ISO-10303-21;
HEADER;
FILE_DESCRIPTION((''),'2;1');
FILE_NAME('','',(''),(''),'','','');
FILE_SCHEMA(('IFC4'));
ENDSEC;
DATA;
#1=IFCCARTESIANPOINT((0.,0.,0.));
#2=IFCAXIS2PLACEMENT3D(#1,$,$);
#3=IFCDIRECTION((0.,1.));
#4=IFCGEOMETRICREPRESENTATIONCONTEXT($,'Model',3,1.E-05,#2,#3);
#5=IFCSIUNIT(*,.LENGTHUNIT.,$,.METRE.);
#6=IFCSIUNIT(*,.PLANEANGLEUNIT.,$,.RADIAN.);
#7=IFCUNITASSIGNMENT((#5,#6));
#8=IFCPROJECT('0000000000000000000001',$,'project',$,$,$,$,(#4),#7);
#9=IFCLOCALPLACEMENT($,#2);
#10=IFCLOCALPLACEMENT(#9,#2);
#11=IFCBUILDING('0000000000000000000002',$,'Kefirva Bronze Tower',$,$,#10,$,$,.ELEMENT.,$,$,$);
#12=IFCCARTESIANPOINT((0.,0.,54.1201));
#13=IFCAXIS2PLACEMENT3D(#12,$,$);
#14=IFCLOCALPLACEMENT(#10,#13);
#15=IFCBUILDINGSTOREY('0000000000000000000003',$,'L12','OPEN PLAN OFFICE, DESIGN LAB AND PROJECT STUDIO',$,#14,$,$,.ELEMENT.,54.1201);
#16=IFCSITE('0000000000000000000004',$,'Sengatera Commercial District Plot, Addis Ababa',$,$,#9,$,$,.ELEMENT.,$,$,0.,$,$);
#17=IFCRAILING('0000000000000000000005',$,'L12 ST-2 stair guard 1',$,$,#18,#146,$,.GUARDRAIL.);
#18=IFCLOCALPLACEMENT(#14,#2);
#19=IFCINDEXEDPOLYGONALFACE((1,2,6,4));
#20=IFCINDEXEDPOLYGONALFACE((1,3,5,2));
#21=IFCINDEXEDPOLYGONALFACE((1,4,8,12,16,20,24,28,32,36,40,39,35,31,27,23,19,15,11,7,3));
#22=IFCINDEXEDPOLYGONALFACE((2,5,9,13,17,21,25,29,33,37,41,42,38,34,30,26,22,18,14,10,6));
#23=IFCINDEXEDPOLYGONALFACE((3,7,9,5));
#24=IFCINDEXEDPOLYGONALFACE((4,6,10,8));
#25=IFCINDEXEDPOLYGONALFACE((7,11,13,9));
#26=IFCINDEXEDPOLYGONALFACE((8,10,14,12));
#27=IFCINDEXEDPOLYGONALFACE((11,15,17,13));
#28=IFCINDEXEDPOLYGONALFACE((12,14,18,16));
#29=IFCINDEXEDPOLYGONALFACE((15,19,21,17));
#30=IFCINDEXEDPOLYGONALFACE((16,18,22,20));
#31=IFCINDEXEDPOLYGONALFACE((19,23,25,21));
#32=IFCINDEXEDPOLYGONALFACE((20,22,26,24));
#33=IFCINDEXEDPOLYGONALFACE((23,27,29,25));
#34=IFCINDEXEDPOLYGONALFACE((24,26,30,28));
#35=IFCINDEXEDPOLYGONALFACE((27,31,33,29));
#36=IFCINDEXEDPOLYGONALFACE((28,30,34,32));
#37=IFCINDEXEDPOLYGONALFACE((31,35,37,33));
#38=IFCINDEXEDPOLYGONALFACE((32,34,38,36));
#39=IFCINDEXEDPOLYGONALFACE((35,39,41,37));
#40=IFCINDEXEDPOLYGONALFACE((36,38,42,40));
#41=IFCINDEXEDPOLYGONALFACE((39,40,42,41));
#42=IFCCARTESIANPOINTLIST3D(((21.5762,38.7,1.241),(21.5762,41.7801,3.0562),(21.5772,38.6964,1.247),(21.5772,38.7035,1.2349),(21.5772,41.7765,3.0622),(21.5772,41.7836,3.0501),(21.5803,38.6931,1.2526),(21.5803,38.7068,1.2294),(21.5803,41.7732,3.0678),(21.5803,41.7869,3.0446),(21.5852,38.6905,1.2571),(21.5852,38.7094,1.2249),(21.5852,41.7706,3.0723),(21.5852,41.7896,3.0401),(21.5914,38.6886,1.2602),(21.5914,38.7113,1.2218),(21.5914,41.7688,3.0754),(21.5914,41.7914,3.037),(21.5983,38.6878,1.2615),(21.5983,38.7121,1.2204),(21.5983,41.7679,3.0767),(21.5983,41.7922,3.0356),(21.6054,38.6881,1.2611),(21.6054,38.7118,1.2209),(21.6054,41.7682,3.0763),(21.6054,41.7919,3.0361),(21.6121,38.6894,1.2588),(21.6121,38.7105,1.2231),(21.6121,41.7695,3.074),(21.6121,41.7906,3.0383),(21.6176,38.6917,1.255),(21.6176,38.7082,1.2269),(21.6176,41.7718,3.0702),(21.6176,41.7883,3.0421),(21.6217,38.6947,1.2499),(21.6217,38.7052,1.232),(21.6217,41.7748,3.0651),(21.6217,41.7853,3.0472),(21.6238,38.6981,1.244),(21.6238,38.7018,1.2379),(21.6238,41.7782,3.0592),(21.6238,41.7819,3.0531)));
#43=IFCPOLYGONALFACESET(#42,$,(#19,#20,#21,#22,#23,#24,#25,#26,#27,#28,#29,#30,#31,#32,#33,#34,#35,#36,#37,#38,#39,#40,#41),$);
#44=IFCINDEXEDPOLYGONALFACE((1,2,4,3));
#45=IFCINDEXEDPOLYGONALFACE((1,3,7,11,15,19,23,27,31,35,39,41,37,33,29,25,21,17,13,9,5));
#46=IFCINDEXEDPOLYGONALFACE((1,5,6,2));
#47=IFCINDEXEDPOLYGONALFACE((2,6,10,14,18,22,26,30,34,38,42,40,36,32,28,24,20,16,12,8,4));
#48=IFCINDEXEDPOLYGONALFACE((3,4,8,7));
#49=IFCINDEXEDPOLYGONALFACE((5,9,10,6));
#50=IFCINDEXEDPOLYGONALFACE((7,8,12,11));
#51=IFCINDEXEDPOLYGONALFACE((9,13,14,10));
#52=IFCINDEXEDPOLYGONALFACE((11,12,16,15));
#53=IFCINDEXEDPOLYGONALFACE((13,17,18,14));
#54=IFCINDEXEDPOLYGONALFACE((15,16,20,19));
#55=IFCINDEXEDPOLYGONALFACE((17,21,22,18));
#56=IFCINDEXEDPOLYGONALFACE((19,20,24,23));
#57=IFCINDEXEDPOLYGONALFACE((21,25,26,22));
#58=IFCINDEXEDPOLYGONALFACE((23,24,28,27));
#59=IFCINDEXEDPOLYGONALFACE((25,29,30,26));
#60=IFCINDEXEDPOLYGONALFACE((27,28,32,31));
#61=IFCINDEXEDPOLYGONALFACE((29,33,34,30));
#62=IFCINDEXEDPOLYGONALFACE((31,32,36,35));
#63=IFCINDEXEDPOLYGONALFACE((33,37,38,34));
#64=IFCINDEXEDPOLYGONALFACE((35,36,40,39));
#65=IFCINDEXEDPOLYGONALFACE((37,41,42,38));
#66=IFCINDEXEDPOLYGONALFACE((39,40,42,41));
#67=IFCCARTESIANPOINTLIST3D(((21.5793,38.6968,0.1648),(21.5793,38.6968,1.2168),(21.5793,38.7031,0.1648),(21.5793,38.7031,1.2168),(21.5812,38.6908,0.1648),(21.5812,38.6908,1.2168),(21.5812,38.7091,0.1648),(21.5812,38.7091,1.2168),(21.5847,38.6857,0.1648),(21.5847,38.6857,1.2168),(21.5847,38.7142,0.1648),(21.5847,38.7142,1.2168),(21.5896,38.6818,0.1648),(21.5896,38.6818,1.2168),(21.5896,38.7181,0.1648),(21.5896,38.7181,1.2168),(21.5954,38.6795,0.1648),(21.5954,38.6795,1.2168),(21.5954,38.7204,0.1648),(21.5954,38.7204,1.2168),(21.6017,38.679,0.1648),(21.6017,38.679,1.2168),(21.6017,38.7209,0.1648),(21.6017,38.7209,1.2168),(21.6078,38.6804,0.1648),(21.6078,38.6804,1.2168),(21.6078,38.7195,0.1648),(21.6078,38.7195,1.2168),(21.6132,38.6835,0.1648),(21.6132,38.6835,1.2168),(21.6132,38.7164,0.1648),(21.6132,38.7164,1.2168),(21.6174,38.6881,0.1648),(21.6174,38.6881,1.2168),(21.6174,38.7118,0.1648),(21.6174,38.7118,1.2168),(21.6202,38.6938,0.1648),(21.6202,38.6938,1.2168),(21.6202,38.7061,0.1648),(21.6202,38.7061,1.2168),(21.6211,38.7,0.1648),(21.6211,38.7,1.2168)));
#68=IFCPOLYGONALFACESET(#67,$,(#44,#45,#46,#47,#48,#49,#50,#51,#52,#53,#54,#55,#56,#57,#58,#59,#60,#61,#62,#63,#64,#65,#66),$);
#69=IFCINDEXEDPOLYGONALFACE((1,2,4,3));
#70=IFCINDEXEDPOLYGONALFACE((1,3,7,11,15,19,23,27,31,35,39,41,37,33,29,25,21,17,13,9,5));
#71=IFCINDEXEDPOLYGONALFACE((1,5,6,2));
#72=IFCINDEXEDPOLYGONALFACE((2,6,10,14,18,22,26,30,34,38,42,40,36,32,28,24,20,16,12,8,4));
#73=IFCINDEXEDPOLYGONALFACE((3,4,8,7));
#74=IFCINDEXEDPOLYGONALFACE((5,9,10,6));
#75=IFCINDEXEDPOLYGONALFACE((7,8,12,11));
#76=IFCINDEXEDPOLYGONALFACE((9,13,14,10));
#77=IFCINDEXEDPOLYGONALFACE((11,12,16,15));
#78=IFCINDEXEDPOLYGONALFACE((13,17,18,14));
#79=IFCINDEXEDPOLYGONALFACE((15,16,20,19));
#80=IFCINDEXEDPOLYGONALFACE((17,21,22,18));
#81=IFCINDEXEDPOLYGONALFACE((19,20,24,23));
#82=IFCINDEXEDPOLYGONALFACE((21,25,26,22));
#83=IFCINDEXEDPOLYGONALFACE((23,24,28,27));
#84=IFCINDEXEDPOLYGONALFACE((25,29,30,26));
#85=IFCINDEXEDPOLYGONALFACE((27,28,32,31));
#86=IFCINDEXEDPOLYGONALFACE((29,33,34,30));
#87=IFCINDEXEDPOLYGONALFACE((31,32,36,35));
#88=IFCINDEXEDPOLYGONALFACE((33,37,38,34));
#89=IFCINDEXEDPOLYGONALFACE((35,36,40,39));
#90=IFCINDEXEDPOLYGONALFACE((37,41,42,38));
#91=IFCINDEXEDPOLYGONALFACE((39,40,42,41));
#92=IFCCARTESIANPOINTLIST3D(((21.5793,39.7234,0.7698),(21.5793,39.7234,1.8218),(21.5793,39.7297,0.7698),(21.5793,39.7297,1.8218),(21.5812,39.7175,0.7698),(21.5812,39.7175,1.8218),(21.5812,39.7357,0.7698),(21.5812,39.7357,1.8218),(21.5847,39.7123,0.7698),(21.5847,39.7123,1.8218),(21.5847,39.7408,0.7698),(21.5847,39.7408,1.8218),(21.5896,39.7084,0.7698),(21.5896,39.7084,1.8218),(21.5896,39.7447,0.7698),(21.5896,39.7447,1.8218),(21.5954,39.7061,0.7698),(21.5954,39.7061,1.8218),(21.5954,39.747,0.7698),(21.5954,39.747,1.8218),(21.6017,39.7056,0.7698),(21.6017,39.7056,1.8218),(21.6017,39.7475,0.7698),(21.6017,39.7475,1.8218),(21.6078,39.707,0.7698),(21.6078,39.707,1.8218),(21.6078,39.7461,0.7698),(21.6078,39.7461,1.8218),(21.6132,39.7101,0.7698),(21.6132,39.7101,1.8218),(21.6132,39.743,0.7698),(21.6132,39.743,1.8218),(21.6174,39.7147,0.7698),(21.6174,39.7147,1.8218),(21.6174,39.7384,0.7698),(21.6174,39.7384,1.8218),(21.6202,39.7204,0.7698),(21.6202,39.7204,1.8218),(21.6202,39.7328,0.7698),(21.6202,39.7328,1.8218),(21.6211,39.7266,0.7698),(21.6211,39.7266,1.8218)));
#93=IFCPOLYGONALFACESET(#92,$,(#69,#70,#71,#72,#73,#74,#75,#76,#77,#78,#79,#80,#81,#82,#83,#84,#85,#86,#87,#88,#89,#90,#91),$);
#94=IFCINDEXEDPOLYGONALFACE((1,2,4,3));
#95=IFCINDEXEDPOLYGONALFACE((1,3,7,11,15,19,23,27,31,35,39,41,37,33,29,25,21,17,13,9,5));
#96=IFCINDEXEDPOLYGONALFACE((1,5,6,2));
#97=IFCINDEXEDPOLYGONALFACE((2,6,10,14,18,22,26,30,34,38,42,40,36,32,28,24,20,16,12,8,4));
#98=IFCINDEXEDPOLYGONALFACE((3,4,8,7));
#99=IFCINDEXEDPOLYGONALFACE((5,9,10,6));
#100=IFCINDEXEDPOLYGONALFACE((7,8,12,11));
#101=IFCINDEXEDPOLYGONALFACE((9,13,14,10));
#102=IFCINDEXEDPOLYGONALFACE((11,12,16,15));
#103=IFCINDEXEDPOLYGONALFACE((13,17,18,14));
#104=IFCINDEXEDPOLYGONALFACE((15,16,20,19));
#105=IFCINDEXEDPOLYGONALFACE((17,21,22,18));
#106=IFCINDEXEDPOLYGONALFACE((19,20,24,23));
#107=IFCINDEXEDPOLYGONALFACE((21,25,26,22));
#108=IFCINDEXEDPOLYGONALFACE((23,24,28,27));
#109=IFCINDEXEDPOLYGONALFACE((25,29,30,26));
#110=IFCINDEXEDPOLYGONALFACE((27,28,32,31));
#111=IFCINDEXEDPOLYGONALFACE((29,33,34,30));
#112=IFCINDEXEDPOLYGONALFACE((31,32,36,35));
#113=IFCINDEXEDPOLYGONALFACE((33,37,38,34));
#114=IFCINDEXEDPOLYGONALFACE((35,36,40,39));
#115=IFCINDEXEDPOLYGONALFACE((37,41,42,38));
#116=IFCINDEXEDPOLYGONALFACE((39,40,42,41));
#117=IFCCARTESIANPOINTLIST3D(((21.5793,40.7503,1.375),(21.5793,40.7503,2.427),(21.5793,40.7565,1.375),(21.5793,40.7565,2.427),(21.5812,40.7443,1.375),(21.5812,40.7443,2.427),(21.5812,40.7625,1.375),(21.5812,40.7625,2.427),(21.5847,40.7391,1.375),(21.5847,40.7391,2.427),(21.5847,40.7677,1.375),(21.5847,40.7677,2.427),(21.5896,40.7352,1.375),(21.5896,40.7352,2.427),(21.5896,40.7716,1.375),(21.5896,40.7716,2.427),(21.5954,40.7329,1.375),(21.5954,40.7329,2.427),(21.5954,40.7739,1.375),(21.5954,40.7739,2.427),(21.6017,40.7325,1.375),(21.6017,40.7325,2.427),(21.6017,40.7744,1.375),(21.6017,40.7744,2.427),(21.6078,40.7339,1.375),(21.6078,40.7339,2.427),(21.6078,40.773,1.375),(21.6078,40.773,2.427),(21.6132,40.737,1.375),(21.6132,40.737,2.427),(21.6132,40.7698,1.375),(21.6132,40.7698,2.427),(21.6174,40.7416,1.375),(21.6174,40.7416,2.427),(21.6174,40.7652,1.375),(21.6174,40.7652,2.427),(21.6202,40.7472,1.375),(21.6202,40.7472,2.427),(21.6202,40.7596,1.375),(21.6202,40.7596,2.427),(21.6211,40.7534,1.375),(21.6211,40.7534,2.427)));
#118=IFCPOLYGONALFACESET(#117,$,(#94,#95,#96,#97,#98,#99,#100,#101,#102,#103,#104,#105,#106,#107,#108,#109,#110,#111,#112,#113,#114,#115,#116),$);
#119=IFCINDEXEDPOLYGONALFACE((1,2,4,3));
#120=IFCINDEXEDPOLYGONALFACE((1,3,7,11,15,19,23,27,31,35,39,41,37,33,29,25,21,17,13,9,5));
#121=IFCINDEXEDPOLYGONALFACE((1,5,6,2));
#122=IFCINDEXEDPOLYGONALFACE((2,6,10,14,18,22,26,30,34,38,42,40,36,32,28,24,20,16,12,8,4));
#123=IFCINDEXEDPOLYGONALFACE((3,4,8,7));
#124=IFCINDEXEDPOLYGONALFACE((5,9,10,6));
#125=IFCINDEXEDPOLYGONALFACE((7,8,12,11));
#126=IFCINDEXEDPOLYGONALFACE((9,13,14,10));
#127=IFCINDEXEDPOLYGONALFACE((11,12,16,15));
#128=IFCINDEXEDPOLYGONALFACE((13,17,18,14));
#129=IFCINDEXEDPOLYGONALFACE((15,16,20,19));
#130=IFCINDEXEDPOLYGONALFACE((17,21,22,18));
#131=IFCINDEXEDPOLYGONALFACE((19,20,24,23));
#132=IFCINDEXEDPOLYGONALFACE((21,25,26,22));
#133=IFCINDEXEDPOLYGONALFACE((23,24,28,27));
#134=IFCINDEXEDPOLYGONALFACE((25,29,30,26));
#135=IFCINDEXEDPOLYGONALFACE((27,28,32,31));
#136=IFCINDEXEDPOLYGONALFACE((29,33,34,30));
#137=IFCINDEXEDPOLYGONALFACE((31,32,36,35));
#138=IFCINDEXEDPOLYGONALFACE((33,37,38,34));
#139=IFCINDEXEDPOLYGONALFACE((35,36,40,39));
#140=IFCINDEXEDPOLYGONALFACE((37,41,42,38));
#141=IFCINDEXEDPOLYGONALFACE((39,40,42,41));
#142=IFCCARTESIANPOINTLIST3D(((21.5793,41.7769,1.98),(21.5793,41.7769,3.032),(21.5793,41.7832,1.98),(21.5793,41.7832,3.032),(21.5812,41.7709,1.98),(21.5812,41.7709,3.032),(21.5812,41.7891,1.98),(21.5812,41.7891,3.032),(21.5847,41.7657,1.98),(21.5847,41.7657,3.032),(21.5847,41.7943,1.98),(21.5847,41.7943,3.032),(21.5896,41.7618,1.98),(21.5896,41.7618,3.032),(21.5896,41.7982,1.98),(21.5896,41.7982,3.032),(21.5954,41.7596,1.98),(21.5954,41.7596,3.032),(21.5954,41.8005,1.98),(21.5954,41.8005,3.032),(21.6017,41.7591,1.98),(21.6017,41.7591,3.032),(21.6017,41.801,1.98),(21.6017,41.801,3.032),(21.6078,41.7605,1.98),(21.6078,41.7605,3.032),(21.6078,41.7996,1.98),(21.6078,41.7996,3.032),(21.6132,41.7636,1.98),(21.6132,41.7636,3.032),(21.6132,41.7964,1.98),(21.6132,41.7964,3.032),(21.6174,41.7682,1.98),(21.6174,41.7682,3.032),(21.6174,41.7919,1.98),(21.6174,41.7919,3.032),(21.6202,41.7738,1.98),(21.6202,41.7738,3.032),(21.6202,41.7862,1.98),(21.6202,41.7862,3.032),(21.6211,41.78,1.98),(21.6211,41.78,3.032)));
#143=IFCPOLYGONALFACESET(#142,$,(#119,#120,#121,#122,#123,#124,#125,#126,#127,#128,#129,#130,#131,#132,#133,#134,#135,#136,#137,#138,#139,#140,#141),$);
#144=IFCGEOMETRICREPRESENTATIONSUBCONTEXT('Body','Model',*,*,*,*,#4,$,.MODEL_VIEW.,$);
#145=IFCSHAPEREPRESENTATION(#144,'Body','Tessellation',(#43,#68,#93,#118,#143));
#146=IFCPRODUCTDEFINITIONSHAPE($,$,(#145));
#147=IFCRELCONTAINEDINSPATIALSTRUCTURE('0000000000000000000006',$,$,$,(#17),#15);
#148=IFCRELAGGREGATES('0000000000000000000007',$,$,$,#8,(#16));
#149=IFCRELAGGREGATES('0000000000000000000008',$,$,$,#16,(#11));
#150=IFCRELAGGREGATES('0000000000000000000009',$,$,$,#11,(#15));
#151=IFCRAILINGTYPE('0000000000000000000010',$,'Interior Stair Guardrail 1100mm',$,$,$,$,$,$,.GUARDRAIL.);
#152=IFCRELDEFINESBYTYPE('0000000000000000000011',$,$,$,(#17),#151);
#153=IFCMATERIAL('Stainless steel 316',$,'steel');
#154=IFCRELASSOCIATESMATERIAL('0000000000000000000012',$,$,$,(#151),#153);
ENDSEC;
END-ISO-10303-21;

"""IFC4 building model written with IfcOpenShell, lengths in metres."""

from ifc_helpers import new_model, si_unit, direction, frame, origin, origin_2d, place, context, subcontext, project, spatial, circle, extrude, material, type_object, element, save


model = new_model("IFC4")

# Units and contexts
model_context = context("Model", 3, precision=1e-05, world=origin(), true_north=direction((0.0, 1.0)))
body_context = subcontext(model_context, "Body", "Model", "MODEL_VIEW")
ifc_project = project(units=[si_unit("LENGTHUNIT", "METRE"), si_unit("PLANEANGLEUNIT", "RADIAN")], contexts=[model_context])

# Site, building, storey
site_placement = place(None, origin())
site = spatial("IfcSite", under=ifc_project, at=site_placement, Name="Sengatera Commercial District Plot, Addis Ababa", CompositionType="ELEMENT", RefElevation=0.0)
building_placement = place(site_placement, origin())
building = spatial("IfcBuilding", under=site, at=building_placement, Name="Kefirva Bronze Tower", CompositionType="ELEMENT")
storey_placement = place(building_placement, frame((0.0, 0.0, 54.1201)))
storey = spatial("IfcBuildingStorey", under=building, at=storey_placement, Name="L12", Description="OPEN PLAN OFFICE, DESIGN LAB AND PROJECT STUDIO", CompositionType="ELEMENT", Elevation=54.1201)

# Railing
ifc_material_1 = material(Name="Stainless steel 316", Category="steel")
railing_type_1 = type_object("IfcRailingType", Name="Interior Stair Guardrail 1100mm", PredefinedType="GUARDRAIL", material=ifc_material_1)
railing_1_placement = place(storey_placement, frame((21.6001, 38.7, 0.1648)))
element("IfcRailing", 1, at=railing_1_placement, inside=storey, type_object=railing_type_1, Name="L12 ST-2 stair guard 1", PredefinedType="GUARDRAIL", context=body_context, shape_type="SweptSolid", body=[
    extrude(circle(Radius=0.0239, at=origin_2d()), frame((0.0, 0.0, 1.0762), z_axis=(0.0, 0.861521, 0.507721), x_axis=(-1.0, 0.0, 0.0)), (0.0, 0.0, 1.0), 3.5752),
    extrude(circle(Radius=0.021, at=origin_2d()), origin(), (0.0, 0.0, 1.0), 1.052),
    extrude(circle(Radius=0.021, at=origin_2d()), frame((0.0, 1.0266, 0.605)), (0.0, 0.0, 1.0), 1.052),
    extrude(circle(Radius=0.021, at=origin_2d()), frame((0.0, 2.0535, 1.2102)), (0.0, 0.0, 1.0), 1.052),
    extrude(circle(Radius=0.021, at=origin_2d()), frame((0.0, 3.0801, 1.8152)), (0.0, 0.0, 1.0), 1.052),
])

save(model, "model.ifc")
